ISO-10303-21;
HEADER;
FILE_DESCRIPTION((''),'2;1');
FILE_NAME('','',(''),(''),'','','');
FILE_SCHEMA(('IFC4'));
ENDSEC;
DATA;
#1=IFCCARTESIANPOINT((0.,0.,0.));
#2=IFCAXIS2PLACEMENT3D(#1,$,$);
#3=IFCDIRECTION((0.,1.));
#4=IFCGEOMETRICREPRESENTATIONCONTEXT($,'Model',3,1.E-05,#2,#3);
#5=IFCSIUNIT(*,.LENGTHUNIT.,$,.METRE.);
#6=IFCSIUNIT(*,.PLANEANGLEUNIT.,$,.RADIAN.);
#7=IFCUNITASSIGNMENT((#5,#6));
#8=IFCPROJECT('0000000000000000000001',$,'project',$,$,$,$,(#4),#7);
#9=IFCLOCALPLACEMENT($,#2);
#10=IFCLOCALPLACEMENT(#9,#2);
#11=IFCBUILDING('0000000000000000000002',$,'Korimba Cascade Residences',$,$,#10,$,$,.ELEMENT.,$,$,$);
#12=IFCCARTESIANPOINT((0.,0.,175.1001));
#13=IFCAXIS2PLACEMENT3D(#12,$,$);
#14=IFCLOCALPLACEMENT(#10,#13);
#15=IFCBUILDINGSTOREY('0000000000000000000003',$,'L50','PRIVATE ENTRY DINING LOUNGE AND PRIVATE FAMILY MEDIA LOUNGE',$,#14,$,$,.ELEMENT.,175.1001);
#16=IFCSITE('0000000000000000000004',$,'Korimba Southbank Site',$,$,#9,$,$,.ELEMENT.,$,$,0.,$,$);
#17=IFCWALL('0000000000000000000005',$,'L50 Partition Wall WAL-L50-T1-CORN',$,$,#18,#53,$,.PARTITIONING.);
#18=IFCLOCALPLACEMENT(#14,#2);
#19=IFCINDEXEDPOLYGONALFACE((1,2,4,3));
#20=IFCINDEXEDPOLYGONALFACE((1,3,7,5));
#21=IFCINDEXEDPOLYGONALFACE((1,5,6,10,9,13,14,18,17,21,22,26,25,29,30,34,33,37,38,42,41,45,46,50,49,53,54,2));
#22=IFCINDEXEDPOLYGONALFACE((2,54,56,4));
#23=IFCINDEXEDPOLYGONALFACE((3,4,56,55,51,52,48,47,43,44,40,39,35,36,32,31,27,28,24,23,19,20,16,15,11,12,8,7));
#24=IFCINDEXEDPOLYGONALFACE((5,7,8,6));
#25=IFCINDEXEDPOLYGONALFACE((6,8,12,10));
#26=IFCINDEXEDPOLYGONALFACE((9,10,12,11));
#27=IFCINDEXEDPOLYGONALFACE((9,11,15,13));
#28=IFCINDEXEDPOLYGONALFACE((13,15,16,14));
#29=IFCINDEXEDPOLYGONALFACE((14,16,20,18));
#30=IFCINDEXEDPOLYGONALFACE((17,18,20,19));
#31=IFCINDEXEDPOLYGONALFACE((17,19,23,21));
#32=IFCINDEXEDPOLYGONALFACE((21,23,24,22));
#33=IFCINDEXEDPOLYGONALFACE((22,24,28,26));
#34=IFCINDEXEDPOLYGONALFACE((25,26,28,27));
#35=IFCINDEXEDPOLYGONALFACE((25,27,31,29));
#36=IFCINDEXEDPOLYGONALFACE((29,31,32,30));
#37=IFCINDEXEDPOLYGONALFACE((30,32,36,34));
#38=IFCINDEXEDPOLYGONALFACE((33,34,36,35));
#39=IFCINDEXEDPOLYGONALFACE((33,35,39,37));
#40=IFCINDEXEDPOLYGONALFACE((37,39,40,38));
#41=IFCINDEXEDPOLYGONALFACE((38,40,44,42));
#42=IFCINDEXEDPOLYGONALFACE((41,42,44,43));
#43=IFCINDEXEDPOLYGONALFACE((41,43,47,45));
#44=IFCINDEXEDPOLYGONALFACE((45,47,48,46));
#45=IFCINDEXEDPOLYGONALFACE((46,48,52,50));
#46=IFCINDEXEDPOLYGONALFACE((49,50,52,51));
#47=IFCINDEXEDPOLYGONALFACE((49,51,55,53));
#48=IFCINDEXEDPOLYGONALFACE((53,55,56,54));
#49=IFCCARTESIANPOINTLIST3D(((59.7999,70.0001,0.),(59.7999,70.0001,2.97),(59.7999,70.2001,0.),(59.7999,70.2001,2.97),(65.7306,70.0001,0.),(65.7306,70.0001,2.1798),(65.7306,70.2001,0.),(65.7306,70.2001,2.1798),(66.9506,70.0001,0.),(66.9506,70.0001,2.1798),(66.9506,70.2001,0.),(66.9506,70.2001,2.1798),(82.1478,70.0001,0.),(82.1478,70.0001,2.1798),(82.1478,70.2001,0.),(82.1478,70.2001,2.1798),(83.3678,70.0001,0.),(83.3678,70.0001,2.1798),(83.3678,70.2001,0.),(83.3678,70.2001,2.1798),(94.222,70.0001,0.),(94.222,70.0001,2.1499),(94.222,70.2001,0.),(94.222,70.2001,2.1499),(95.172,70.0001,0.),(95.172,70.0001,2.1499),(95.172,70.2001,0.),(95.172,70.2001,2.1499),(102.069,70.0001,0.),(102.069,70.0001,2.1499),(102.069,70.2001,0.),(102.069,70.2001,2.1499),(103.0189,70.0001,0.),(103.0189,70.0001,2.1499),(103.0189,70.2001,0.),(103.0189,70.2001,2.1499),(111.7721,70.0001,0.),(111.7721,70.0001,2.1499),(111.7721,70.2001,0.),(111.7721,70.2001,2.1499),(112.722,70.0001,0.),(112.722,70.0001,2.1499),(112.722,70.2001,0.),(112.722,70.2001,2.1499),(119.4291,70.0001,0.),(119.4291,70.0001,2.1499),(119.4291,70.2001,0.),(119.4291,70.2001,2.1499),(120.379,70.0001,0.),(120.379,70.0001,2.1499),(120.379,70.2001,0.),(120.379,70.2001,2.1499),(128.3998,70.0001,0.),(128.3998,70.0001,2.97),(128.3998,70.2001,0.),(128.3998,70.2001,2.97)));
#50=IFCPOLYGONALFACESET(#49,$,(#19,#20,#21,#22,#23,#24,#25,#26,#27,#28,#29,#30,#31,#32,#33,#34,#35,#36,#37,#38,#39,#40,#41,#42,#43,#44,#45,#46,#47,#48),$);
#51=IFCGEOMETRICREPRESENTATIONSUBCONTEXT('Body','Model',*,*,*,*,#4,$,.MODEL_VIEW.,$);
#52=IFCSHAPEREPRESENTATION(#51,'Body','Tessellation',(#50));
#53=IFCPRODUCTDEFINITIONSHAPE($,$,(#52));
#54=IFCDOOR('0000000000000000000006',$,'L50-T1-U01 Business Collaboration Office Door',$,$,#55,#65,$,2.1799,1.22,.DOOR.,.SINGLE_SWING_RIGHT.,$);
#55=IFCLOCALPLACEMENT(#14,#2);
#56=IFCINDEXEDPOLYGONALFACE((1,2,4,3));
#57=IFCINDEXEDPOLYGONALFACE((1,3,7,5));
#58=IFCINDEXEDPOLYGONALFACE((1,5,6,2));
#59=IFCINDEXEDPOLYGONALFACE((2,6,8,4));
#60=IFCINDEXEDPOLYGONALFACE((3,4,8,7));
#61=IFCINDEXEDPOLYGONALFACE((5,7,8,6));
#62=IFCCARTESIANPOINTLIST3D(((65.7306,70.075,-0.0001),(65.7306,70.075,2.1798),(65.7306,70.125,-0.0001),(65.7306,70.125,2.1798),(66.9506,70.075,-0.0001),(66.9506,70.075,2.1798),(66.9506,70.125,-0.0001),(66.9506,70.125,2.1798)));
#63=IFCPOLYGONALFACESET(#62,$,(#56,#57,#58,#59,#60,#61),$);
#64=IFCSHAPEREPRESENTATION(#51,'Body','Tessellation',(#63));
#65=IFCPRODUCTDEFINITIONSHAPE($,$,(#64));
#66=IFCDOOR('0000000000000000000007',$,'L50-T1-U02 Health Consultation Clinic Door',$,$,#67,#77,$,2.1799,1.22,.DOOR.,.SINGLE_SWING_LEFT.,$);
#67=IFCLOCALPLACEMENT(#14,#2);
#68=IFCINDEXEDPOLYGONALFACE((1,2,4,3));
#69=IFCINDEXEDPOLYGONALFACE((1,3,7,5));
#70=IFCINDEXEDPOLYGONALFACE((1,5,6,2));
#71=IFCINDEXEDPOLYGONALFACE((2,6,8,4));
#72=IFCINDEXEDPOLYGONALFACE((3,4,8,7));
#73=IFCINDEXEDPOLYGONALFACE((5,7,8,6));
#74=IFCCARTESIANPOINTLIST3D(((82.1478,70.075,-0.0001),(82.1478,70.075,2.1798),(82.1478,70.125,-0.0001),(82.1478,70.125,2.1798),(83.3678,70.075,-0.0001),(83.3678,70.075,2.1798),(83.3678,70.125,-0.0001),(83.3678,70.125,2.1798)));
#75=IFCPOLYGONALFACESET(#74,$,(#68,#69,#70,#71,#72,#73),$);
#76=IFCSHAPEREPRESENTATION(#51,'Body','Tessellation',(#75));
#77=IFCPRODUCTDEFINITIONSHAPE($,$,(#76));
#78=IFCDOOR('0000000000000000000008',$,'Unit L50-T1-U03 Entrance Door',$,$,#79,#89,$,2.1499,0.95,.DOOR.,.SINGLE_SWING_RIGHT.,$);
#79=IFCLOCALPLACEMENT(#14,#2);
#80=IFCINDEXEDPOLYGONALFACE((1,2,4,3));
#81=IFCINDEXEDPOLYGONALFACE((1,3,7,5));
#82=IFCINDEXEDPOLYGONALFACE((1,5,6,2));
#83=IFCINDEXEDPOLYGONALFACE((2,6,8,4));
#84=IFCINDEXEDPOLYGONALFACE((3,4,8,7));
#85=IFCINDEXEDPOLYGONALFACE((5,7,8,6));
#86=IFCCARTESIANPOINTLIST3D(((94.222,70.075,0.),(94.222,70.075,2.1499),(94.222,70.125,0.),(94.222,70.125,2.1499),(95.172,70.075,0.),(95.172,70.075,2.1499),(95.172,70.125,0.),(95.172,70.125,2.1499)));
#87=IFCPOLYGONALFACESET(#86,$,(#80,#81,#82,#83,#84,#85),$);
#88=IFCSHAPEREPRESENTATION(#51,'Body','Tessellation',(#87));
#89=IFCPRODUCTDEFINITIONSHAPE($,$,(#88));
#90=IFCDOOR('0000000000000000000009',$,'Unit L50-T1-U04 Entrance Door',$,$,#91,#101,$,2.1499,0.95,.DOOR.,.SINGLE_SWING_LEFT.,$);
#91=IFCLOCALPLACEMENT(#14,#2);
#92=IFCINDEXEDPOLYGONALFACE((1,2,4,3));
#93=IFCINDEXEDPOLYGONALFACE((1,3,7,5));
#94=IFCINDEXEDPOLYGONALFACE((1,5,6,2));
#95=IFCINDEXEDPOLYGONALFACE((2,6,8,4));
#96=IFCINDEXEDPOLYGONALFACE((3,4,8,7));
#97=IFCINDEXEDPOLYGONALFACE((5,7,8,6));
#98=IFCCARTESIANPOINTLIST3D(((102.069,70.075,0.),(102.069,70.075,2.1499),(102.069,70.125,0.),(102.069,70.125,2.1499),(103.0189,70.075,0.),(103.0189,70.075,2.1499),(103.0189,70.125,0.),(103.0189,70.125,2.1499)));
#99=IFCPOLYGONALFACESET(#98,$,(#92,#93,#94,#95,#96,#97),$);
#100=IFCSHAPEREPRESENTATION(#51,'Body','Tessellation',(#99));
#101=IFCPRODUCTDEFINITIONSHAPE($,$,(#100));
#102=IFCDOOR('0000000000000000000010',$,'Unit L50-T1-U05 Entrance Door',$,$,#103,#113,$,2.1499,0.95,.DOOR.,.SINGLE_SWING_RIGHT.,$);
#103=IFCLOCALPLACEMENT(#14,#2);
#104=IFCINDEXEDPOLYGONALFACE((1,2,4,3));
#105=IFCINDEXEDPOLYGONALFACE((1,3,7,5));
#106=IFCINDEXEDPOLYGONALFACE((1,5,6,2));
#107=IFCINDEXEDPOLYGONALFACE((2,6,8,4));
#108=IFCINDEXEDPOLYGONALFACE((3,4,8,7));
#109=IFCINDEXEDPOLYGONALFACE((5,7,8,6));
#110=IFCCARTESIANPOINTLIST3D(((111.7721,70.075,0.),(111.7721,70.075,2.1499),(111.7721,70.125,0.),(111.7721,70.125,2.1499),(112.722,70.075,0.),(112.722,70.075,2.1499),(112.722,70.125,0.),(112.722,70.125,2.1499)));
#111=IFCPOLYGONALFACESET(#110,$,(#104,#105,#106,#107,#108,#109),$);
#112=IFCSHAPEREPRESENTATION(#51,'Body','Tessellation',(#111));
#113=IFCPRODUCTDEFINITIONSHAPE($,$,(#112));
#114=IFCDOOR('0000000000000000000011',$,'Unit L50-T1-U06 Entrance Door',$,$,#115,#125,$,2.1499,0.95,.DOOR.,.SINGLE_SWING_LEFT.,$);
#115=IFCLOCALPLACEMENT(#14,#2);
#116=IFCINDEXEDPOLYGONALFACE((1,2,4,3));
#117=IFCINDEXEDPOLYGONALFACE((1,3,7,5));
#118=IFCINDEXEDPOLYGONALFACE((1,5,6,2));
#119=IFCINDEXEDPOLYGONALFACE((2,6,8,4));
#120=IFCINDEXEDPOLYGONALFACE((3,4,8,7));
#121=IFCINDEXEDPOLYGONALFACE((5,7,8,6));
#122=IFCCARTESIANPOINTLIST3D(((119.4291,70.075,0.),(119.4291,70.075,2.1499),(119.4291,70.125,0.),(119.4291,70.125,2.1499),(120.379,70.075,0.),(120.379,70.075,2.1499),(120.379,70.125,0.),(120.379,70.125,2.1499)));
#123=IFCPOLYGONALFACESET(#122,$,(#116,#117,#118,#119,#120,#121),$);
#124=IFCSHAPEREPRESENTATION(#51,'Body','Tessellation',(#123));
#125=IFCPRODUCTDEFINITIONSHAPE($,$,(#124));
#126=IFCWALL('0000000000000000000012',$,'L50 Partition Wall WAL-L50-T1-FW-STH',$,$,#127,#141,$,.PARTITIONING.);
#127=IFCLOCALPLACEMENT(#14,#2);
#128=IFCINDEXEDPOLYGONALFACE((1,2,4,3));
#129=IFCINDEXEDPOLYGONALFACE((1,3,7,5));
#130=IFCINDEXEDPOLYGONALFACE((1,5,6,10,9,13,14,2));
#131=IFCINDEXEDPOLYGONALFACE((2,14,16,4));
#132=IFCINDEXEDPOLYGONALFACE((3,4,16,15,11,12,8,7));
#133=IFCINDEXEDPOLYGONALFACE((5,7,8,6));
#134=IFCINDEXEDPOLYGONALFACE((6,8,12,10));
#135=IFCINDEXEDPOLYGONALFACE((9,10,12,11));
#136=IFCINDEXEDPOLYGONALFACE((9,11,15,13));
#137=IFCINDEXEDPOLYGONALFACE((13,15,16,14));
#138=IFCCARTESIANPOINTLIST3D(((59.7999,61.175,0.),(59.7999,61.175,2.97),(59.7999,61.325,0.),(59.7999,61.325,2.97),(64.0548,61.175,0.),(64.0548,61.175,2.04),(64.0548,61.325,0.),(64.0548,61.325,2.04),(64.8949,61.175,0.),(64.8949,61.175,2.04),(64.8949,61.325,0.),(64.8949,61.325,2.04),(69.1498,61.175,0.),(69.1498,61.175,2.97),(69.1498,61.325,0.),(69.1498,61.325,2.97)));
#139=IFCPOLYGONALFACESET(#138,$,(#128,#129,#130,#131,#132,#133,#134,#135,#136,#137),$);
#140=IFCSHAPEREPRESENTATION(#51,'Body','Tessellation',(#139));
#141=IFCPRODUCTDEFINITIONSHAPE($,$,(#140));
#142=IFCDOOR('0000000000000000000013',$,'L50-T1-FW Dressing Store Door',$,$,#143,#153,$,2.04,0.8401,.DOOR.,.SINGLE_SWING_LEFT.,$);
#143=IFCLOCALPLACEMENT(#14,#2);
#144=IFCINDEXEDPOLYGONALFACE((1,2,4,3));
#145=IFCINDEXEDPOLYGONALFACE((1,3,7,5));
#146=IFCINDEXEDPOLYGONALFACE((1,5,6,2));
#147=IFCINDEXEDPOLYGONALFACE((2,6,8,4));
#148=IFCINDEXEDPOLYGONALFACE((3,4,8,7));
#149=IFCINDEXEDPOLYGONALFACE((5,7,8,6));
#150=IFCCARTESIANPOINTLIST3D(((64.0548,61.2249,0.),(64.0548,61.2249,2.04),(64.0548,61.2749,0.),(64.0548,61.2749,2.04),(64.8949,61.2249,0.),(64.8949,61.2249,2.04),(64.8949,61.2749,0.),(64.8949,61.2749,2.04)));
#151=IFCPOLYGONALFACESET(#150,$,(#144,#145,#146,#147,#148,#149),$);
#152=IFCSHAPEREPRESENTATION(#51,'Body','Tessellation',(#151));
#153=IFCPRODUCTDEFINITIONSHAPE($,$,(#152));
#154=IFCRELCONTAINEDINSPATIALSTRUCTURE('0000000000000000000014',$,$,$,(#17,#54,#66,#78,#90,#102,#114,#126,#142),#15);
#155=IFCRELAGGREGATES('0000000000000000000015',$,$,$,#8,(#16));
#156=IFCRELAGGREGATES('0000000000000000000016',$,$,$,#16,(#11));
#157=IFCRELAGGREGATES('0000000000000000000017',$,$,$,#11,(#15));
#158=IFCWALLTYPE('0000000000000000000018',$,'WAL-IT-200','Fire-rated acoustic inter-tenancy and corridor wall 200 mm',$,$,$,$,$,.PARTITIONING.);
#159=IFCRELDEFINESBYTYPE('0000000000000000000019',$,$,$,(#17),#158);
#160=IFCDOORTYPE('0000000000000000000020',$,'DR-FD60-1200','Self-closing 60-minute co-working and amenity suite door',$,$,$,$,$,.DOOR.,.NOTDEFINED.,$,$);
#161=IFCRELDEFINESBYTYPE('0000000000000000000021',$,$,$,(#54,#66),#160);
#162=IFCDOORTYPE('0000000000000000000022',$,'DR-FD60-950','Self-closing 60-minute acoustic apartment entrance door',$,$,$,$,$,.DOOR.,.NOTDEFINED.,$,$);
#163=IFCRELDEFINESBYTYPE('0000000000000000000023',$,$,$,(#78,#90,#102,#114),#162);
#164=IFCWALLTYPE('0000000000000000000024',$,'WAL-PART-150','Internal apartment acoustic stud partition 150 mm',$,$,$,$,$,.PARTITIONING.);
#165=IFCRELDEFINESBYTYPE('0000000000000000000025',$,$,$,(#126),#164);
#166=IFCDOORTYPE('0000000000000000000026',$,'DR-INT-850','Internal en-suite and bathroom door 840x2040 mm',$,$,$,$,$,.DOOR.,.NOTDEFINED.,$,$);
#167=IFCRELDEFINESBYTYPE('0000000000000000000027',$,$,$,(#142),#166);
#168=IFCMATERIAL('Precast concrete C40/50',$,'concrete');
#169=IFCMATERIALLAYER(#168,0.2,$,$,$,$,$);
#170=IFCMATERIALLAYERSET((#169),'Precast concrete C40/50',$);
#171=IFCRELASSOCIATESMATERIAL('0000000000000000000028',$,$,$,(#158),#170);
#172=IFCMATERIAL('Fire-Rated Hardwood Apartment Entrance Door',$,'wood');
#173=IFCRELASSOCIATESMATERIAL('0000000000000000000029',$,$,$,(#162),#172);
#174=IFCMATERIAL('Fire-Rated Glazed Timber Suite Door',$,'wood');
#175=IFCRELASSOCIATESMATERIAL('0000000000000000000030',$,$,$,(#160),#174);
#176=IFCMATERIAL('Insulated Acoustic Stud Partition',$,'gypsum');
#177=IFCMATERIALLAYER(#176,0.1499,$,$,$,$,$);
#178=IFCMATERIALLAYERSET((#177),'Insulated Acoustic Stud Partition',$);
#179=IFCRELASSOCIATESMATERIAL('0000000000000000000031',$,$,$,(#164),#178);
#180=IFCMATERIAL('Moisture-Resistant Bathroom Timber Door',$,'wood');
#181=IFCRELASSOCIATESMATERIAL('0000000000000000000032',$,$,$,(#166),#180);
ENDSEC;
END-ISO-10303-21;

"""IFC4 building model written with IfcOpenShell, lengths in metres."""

from ifc_helpers import new_model, si_unit, direction, frame, frame_2d, origin, place, context, subcontext, project, spatial, rectangle, extrude, material, layer, layer_set, type_object, element, fill, save


model = new_model("IFC4")

# Units and contexts
model_context = context("Model", 3, precision=1e-05, world=origin(), true_north=direction((0.0, 1.0)))
body_context = subcontext(model_context, "Body", "Model", "MODEL_VIEW")
ifc_project = project(units=[si_unit("LENGTHUNIT", "METRE"), si_unit("PLANEANGLEUNIT", "RADIAN")], contexts=[model_context])

# Site, building, storey
site_placement = place(None, origin())
site = spatial("IfcSite", under=ifc_project, at=site_placement, Name="Korimba Southbank Site", CompositionType="ELEMENT", RefElevation=0.0)
building_placement = place(site_placement, origin())
building = spatial("IfcBuilding", under=site, at=building_placement, Name="Korimba Cascade Residences", CompositionType="ELEMENT")
storey_placement = place(building_placement, frame((0.0, 0.0, 175.1001)))
storey = spatial("IfcBuildingStorey", under=building, at=storey_placement, Name="L50", Description="PRIVATE ENTRY DINING LOUNGE AND PRIVATE FAMILY MEDIA LOUNGE", CompositionType="ELEMENT", Elevation=175.1001)

# Shared definitions
ifc_material_1 = material(Name="Precast concrete C40/50", Category="concrete")

# Shared definitions
ifc_layer_1 = layer(ifc_material_1, 0.2)
ifc_layer_set_1 = layer_set([ifc_layer_1], Name="Precast concrete C40/50")
wall_type_1 = type_object("IfcWallType", Name="WAL-IT-200", Description="Fire-rated acoustic inter-tenancy and corridor wall 200 mm", PredefinedType="PARTITIONING", material=ifc_layer_set_1)
ifc_material_2 = material(Name="Fire-Rated Hardwood Apartment Entrance Door", Category="wood")
door_type_1 = type_object("IfcDoorType", Name="DR-FD60-950", Description="Self-closing 60-minute acoustic apartment entrance door", OperationType="NOTDEFINED", PredefinedType="DOOR", material=ifc_material_2)

# Wall, openings, doors
wall_1_placement = place(storey_placement, frame((59.8, 70.1001, 0.0), z_axis=(0.0, 0.0, 1.0), x_axis=(1.0, 0.0, 0.0)))
wall_1 = element("IfcWall", 1, at=wall_1_placement, inside=storey, type_object=wall_type_1, Name="L50 Partition Wall WAL-L50-T1-CORN", PredefinedType="PARTITIONING", context=body_context, shape_type="SweptSolid", body=[
    extrude(rectangle(XDim=68.5999, YDim=0.2, at=frame_2d((34.2998, 0.0))), origin(), (0.0, 0.0, 1.0), 2.97),
])
opening_1_placement = place(wall_1_placement, frame((5.9307, 0.0, 0.0)))
opening_1 = element("IfcOpeningElement", 2, at=opening_1_placement, cuts=wall_1, PredefinedType="OPENING", context=body_context, shape_type="SweptSolid", body=[
    extrude(rectangle(XDim=1.22, YDim=2.1799, at=frame_2d((0.6099, 1.0898))), frame((0.0, 0.1099, 0.0), z_axis=(0.0, -1.0, 0.0), x_axis=(1.0, 0.0, 0.0)), (0.0, 0.0, 1.0), 0.22),
])
opening_2_placement = place(wall_1_placement, frame((22.3479, 0.0, 0.0)))
opening_2 = element("IfcOpeningElement", 3, at=opening_2_placement, cuts=wall_1, PredefinedType="OPENING", context=body_context, shape_type="SweptSolid", body=[
    extrude(rectangle(XDim=1.22, YDim=2.1799, at=frame_2d((0.6099, 1.0898))), frame((0.0, 0.1099, 0.0), z_axis=(0.0, -1.0, 0.0), x_axis=(1.0, 0.0, 0.0)), (0.0, 0.0, 1.0), 0.22),
])
opening_3_placement = place(wall_1_placement, frame((34.4219, 0.0, 0.0)))
opening_3 = element("IfcOpeningElement", 4, at=opening_3_placement, cuts=wall_1, PredefinedType="OPENING", context=body_context, shape_type="SweptSolid", body=[
    extrude(rectangle(XDim=0.95, YDim=2.1499, at=frame_2d((0.4751, 1.075))), frame((0.0, 0.1099, 0.0), z_axis=(0.0, -1.0, 0.0), x_axis=(1.0, 0.0, 0.0)), (0.0, 0.0, 1.0), 0.22),
])
opening_4_placement = place(wall_1_placement, frame((42.2688, 0.0, 0.0)))
opening_4 = element("IfcOpeningElement", 5, at=opening_4_placement, cuts=wall_1, PredefinedType="OPENING", context=body_context, shape_type="SweptSolid", body=[
    extrude(rectangle(XDim=0.95, YDim=2.1499, at=frame_2d((0.4751, 1.075))), frame((0.0, 0.1099, 0.0), z_axis=(0.0, -1.0, 0.0), x_axis=(1.0, 0.0, 0.0)), (0.0, 0.0, 1.0), 0.22),
])
opening_5_placement = place(wall_1_placement, frame((51.9719, 0.0, 0.0)))
opening_5 = element("IfcOpeningElement", 6, at=opening_5_placement, cuts=wall_1, PredefinedType="OPENING", context=body_context, shape_type="SweptSolid", body=[
    extrude(rectangle(XDim=0.95, YDim=2.1499, at=frame_2d((0.4751, 1.075))), frame((0.0, 0.1099, 0.0), z_axis=(0.0, -1.0, 0.0), x_axis=(1.0, 0.0, 0.0)), (0.0, 0.0, 1.0), 0.22),
])
opening_6_placement = place(wall_1_placement, frame((59.6289, 0.0, 0.0)))
opening_6 = element("IfcOpeningElement", 7, at=opening_6_placement, cuts=wall_1, PredefinedType="OPENING", context=body_context, shape_type="SweptSolid", body=[
    extrude(rectangle(XDim=0.95, YDim=2.1499, at=frame_2d((0.4751, 1.075))), frame((0.0, 0.1099, 0.0), z_axis=(0.0, -1.0, 0.0), x_axis=(1.0, 0.0, 0.0)), (0.0, 0.0, 1.0), 0.22),
])
ifc_material_3 = material(Name="Fire-Rated Glazed Timber Suite Door", Category="wood")
door_type_2 = type_object("IfcDoorType", Name="DR-FD60-1200", Description="Self-closing 60-minute co-working and amenity suite door", OperationType="NOTDEFINED", PredefinedType="DOOR", material=ifc_material_3)
door_1_placement = place(opening_1_placement, origin())
door_1 = element("IfcDoor", 8, at=door_1_placement, inside=storey, type_object=door_type_2, Name="L50-T1-U01 Business Collaboration Office Door", OperationType="SINGLE_SWING_RIGHT", OverallHeight=2.1799, OverallWidth=1.22, PredefinedType="DOOR", context=body_context, shape_type="SweptSolid", body=[
    extrude(rectangle(XDim=1.22, YDim=2.1799, at=frame_2d((0.6099, 1.0898))), frame((0.0, 0.0249, 0.0), z_axis=(0.0, -1.0, 0.0), x_axis=(1.0, 0.0, 0.0)), (0.0, 0.0, 1.0), 0.05),
])
fill(opening_1, door_1)
door_2_placement = place(opening_2_placement, origin())
door_2 = element("IfcDoor", 9, at=door_2_placement, inside=storey, type_object=door_type_2, Name="L50-T1-U02 Health Consultation Clinic Door", OperationType="SINGLE_SWING_LEFT", OverallHeight=2.1799, OverallWidth=1.22, PredefinedType="DOOR", context=body_context, shape_type="SweptSolid", body=[
    extrude(rectangle(XDim=1.22, YDim=2.1799, at=frame_2d((0.6099, 1.0898))), frame((0.0, 0.0249, 0.0), z_axis=(0.0, -1.0, 0.0), x_axis=(1.0, 0.0, 0.0)), (0.0, 0.0, 1.0), 0.05),
])
fill(opening_2, door_2)
door_3_placement = place(opening_3_placement, origin())
door_3 = element("IfcDoor", 10, at=door_3_placement, inside=storey, type_object=door_type_1, Name="Unit L50-T1-U03 Entrance Door", OperationType="SINGLE_SWING_RIGHT", OverallHeight=2.1499, OverallWidth=0.95, PredefinedType="DOOR", context=body_context, shape_type="SweptSolid", body=[
    extrude(rectangle(XDim=0.95, YDim=2.1499, at=frame_2d((0.4751, 1.075))), frame((0.0, 0.0249, 0.0), z_axis=(0.0, -1.0, 0.0), x_axis=(1.0, 0.0, 0.0)), (0.0, 0.0, 1.0), 0.05),
])
fill(opening_3, door_3)
door_4_placement = place(opening_4_placement, origin())
door_4 = element("IfcDoor", 11, at=door_4_placement, inside=storey, type_object=door_type_1, Name="Unit L50-T1-U04 Entrance Door", OperationType="SINGLE_SWING_LEFT", OverallHeight=2.1499, OverallWidth=0.95, PredefinedType="DOOR", context=body_context, shape_type="SweptSolid", body=[
    extrude(rectangle(XDim=0.95, YDim=2.1499, at=frame_2d((0.4751, 1.075))), frame((0.0, 0.0249, 0.0), z_axis=(0.0, -1.0, 0.0), x_axis=(1.0, 0.0, 0.0)), (0.0, 0.0, 1.0), 0.05),
])
fill(opening_4, door_4)
door_5_placement = place(opening_5_placement, origin())
door_5 = element("IfcDoor", 12, at=door_5_placement, inside=storey, type_object=door_type_1, Name="Unit L50-T1-U05 Entrance Door", OperationType="SINGLE_SWING_RIGHT", OverallHeight=2.1499, OverallWidth=0.95, PredefinedType="DOOR", context=body_context, shape_type="SweptSolid", body=[
    extrude(rectangle(XDim=0.95, YDim=2.1499, at=frame_2d((0.4751, 1.075))), frame((0.0, 0.0249, 0.0), z_axis=(0.0, -1.0, 0.0), x_axis=(1.0, 0.0, 0.0)), (0.0, 0.0, 1.0), 0.05),
])
fill(opening_5, door_5)
door_6_placement = place(opening_6_placement, origin())
door_6 = element("IfcDoor", 13, at=door_6_placement, inside=storey, type_object=door_type_1, Name="Unit L50-T1-U06 Entrance Door", OperationType="SINGLE_SWING_LEFT", OverallHeight=2.1499, OverallWidth=0.95, PredefinedType="DOOR", context=body_context, shape_type="SweptSolid", body=[
    extrude(rectangle(XDim=0.95, YDim=2.1499, at=frame_2d((0.4751, 1.075))), frame((0.0, 0.0249, 0.0), z_axis=(0.0, -1.0, 0.0), x_axis=(1.0, 0.0, 0.0)), (0.0, 0.0, 1.0), 0.05),
])
fill(opening_6, door_6)

# Wall, opening, door
ifc_material_4 = material(Name="Insulated Acoustic Stud Partition", Category="gypsum")
ifc_layer_2 = layer(ifc_material_4, 0.1499)
ifc_layer_set_2 = layer_set([ifc_layer_2], Name="Insulated Acoustic Stud Partition")
wall_type_2 = type_object("IfcWallType", Name="WAL-PART-150", Description="Internal apartment acoustic stud partition 150 mm", PredefinedType="PARTITIONING", material=ifc_layer_set_2)
wall_2_placement = place(storey_placement, frame((59.8, 61.25, 0.0), z_axis=(0.0, 0.0, 1.0), x_axis=(1.0, 0.0, 0.0)))
wall_2 = element("IfcWall", 14, at=wall_2_placement, inside=storey, type_object=wall_type_2, Name="L50 Partition Wall WAL-L50-T1-FW-STH", PredefinedType="PARTITIONING", context=body_context, shape_type="SweptSolid", body=[
    extrude(rectangle(XDim=9.3499, YDim=0.1499, at=frame_2d((4.6748, 0.0))), origin(), (0.0, 0.0, 1.0), 2.97),
])
opening_7_placement = place(wall_2_placement, frame((4.2549, 0.0, 0.0)))
opening_7 = element("IfcOpeningElement", 15, at=opening_7_placement, cuts=wall_2, PredefinedType="OPENING", context=body_context, shape_type="SweptSolid", body=[
    extrude(rectangle(XDim=0.8401, YDim=2.04, at=frame_2d((0.4199, 1.02))), frame((0.0, 0.085, 0.0), z_axis=(0.0, -1.0, 0.0), x_axis=(1.0, 0.0, 0.0)), (0.0, 0.0, 1.0), 0.1699),
])
ifc_material_5 = material(Name="Moisture-Resistant Bathroom Timber Door", Category="wood")
door_type_3 = type_object("IfcDoorType", Name="DR-INT-850", Description="Internal en-suite and bathroom door 840x2040 mm", OperationType="NOTDEFINED", PredefinedType="DOOR", material=ifc_material_5)
door_7_placement = place(opening_7_placement, origin())
door_7 = element("IfcDoor", 16, at=door_7_placement, inside=storey, type_object=door_type_3, Name="L50-T1-FW Dressing Store Door", OperationType="SINGLE_SWING_LEFT", OverallHeight=2.04, OverallWidth=0.8401, PredefinedType="DOOR", context=body_context, shape_type="SweptSolid", body=[
    extrude(rectangle(XDim=0.8401, YDim=2.04, at=frame_2d((0.4199, 1.02))), frame((0.0, 0.0249, 0.0), z_axis=(0.0, -1.0, 0.0), x_axis=(1.0, 0.0, 0.0)), (0.0, 0.0, 1.0), 0.05),
])
fill(opening_7, door_7)

save(model, "model.ifc")
